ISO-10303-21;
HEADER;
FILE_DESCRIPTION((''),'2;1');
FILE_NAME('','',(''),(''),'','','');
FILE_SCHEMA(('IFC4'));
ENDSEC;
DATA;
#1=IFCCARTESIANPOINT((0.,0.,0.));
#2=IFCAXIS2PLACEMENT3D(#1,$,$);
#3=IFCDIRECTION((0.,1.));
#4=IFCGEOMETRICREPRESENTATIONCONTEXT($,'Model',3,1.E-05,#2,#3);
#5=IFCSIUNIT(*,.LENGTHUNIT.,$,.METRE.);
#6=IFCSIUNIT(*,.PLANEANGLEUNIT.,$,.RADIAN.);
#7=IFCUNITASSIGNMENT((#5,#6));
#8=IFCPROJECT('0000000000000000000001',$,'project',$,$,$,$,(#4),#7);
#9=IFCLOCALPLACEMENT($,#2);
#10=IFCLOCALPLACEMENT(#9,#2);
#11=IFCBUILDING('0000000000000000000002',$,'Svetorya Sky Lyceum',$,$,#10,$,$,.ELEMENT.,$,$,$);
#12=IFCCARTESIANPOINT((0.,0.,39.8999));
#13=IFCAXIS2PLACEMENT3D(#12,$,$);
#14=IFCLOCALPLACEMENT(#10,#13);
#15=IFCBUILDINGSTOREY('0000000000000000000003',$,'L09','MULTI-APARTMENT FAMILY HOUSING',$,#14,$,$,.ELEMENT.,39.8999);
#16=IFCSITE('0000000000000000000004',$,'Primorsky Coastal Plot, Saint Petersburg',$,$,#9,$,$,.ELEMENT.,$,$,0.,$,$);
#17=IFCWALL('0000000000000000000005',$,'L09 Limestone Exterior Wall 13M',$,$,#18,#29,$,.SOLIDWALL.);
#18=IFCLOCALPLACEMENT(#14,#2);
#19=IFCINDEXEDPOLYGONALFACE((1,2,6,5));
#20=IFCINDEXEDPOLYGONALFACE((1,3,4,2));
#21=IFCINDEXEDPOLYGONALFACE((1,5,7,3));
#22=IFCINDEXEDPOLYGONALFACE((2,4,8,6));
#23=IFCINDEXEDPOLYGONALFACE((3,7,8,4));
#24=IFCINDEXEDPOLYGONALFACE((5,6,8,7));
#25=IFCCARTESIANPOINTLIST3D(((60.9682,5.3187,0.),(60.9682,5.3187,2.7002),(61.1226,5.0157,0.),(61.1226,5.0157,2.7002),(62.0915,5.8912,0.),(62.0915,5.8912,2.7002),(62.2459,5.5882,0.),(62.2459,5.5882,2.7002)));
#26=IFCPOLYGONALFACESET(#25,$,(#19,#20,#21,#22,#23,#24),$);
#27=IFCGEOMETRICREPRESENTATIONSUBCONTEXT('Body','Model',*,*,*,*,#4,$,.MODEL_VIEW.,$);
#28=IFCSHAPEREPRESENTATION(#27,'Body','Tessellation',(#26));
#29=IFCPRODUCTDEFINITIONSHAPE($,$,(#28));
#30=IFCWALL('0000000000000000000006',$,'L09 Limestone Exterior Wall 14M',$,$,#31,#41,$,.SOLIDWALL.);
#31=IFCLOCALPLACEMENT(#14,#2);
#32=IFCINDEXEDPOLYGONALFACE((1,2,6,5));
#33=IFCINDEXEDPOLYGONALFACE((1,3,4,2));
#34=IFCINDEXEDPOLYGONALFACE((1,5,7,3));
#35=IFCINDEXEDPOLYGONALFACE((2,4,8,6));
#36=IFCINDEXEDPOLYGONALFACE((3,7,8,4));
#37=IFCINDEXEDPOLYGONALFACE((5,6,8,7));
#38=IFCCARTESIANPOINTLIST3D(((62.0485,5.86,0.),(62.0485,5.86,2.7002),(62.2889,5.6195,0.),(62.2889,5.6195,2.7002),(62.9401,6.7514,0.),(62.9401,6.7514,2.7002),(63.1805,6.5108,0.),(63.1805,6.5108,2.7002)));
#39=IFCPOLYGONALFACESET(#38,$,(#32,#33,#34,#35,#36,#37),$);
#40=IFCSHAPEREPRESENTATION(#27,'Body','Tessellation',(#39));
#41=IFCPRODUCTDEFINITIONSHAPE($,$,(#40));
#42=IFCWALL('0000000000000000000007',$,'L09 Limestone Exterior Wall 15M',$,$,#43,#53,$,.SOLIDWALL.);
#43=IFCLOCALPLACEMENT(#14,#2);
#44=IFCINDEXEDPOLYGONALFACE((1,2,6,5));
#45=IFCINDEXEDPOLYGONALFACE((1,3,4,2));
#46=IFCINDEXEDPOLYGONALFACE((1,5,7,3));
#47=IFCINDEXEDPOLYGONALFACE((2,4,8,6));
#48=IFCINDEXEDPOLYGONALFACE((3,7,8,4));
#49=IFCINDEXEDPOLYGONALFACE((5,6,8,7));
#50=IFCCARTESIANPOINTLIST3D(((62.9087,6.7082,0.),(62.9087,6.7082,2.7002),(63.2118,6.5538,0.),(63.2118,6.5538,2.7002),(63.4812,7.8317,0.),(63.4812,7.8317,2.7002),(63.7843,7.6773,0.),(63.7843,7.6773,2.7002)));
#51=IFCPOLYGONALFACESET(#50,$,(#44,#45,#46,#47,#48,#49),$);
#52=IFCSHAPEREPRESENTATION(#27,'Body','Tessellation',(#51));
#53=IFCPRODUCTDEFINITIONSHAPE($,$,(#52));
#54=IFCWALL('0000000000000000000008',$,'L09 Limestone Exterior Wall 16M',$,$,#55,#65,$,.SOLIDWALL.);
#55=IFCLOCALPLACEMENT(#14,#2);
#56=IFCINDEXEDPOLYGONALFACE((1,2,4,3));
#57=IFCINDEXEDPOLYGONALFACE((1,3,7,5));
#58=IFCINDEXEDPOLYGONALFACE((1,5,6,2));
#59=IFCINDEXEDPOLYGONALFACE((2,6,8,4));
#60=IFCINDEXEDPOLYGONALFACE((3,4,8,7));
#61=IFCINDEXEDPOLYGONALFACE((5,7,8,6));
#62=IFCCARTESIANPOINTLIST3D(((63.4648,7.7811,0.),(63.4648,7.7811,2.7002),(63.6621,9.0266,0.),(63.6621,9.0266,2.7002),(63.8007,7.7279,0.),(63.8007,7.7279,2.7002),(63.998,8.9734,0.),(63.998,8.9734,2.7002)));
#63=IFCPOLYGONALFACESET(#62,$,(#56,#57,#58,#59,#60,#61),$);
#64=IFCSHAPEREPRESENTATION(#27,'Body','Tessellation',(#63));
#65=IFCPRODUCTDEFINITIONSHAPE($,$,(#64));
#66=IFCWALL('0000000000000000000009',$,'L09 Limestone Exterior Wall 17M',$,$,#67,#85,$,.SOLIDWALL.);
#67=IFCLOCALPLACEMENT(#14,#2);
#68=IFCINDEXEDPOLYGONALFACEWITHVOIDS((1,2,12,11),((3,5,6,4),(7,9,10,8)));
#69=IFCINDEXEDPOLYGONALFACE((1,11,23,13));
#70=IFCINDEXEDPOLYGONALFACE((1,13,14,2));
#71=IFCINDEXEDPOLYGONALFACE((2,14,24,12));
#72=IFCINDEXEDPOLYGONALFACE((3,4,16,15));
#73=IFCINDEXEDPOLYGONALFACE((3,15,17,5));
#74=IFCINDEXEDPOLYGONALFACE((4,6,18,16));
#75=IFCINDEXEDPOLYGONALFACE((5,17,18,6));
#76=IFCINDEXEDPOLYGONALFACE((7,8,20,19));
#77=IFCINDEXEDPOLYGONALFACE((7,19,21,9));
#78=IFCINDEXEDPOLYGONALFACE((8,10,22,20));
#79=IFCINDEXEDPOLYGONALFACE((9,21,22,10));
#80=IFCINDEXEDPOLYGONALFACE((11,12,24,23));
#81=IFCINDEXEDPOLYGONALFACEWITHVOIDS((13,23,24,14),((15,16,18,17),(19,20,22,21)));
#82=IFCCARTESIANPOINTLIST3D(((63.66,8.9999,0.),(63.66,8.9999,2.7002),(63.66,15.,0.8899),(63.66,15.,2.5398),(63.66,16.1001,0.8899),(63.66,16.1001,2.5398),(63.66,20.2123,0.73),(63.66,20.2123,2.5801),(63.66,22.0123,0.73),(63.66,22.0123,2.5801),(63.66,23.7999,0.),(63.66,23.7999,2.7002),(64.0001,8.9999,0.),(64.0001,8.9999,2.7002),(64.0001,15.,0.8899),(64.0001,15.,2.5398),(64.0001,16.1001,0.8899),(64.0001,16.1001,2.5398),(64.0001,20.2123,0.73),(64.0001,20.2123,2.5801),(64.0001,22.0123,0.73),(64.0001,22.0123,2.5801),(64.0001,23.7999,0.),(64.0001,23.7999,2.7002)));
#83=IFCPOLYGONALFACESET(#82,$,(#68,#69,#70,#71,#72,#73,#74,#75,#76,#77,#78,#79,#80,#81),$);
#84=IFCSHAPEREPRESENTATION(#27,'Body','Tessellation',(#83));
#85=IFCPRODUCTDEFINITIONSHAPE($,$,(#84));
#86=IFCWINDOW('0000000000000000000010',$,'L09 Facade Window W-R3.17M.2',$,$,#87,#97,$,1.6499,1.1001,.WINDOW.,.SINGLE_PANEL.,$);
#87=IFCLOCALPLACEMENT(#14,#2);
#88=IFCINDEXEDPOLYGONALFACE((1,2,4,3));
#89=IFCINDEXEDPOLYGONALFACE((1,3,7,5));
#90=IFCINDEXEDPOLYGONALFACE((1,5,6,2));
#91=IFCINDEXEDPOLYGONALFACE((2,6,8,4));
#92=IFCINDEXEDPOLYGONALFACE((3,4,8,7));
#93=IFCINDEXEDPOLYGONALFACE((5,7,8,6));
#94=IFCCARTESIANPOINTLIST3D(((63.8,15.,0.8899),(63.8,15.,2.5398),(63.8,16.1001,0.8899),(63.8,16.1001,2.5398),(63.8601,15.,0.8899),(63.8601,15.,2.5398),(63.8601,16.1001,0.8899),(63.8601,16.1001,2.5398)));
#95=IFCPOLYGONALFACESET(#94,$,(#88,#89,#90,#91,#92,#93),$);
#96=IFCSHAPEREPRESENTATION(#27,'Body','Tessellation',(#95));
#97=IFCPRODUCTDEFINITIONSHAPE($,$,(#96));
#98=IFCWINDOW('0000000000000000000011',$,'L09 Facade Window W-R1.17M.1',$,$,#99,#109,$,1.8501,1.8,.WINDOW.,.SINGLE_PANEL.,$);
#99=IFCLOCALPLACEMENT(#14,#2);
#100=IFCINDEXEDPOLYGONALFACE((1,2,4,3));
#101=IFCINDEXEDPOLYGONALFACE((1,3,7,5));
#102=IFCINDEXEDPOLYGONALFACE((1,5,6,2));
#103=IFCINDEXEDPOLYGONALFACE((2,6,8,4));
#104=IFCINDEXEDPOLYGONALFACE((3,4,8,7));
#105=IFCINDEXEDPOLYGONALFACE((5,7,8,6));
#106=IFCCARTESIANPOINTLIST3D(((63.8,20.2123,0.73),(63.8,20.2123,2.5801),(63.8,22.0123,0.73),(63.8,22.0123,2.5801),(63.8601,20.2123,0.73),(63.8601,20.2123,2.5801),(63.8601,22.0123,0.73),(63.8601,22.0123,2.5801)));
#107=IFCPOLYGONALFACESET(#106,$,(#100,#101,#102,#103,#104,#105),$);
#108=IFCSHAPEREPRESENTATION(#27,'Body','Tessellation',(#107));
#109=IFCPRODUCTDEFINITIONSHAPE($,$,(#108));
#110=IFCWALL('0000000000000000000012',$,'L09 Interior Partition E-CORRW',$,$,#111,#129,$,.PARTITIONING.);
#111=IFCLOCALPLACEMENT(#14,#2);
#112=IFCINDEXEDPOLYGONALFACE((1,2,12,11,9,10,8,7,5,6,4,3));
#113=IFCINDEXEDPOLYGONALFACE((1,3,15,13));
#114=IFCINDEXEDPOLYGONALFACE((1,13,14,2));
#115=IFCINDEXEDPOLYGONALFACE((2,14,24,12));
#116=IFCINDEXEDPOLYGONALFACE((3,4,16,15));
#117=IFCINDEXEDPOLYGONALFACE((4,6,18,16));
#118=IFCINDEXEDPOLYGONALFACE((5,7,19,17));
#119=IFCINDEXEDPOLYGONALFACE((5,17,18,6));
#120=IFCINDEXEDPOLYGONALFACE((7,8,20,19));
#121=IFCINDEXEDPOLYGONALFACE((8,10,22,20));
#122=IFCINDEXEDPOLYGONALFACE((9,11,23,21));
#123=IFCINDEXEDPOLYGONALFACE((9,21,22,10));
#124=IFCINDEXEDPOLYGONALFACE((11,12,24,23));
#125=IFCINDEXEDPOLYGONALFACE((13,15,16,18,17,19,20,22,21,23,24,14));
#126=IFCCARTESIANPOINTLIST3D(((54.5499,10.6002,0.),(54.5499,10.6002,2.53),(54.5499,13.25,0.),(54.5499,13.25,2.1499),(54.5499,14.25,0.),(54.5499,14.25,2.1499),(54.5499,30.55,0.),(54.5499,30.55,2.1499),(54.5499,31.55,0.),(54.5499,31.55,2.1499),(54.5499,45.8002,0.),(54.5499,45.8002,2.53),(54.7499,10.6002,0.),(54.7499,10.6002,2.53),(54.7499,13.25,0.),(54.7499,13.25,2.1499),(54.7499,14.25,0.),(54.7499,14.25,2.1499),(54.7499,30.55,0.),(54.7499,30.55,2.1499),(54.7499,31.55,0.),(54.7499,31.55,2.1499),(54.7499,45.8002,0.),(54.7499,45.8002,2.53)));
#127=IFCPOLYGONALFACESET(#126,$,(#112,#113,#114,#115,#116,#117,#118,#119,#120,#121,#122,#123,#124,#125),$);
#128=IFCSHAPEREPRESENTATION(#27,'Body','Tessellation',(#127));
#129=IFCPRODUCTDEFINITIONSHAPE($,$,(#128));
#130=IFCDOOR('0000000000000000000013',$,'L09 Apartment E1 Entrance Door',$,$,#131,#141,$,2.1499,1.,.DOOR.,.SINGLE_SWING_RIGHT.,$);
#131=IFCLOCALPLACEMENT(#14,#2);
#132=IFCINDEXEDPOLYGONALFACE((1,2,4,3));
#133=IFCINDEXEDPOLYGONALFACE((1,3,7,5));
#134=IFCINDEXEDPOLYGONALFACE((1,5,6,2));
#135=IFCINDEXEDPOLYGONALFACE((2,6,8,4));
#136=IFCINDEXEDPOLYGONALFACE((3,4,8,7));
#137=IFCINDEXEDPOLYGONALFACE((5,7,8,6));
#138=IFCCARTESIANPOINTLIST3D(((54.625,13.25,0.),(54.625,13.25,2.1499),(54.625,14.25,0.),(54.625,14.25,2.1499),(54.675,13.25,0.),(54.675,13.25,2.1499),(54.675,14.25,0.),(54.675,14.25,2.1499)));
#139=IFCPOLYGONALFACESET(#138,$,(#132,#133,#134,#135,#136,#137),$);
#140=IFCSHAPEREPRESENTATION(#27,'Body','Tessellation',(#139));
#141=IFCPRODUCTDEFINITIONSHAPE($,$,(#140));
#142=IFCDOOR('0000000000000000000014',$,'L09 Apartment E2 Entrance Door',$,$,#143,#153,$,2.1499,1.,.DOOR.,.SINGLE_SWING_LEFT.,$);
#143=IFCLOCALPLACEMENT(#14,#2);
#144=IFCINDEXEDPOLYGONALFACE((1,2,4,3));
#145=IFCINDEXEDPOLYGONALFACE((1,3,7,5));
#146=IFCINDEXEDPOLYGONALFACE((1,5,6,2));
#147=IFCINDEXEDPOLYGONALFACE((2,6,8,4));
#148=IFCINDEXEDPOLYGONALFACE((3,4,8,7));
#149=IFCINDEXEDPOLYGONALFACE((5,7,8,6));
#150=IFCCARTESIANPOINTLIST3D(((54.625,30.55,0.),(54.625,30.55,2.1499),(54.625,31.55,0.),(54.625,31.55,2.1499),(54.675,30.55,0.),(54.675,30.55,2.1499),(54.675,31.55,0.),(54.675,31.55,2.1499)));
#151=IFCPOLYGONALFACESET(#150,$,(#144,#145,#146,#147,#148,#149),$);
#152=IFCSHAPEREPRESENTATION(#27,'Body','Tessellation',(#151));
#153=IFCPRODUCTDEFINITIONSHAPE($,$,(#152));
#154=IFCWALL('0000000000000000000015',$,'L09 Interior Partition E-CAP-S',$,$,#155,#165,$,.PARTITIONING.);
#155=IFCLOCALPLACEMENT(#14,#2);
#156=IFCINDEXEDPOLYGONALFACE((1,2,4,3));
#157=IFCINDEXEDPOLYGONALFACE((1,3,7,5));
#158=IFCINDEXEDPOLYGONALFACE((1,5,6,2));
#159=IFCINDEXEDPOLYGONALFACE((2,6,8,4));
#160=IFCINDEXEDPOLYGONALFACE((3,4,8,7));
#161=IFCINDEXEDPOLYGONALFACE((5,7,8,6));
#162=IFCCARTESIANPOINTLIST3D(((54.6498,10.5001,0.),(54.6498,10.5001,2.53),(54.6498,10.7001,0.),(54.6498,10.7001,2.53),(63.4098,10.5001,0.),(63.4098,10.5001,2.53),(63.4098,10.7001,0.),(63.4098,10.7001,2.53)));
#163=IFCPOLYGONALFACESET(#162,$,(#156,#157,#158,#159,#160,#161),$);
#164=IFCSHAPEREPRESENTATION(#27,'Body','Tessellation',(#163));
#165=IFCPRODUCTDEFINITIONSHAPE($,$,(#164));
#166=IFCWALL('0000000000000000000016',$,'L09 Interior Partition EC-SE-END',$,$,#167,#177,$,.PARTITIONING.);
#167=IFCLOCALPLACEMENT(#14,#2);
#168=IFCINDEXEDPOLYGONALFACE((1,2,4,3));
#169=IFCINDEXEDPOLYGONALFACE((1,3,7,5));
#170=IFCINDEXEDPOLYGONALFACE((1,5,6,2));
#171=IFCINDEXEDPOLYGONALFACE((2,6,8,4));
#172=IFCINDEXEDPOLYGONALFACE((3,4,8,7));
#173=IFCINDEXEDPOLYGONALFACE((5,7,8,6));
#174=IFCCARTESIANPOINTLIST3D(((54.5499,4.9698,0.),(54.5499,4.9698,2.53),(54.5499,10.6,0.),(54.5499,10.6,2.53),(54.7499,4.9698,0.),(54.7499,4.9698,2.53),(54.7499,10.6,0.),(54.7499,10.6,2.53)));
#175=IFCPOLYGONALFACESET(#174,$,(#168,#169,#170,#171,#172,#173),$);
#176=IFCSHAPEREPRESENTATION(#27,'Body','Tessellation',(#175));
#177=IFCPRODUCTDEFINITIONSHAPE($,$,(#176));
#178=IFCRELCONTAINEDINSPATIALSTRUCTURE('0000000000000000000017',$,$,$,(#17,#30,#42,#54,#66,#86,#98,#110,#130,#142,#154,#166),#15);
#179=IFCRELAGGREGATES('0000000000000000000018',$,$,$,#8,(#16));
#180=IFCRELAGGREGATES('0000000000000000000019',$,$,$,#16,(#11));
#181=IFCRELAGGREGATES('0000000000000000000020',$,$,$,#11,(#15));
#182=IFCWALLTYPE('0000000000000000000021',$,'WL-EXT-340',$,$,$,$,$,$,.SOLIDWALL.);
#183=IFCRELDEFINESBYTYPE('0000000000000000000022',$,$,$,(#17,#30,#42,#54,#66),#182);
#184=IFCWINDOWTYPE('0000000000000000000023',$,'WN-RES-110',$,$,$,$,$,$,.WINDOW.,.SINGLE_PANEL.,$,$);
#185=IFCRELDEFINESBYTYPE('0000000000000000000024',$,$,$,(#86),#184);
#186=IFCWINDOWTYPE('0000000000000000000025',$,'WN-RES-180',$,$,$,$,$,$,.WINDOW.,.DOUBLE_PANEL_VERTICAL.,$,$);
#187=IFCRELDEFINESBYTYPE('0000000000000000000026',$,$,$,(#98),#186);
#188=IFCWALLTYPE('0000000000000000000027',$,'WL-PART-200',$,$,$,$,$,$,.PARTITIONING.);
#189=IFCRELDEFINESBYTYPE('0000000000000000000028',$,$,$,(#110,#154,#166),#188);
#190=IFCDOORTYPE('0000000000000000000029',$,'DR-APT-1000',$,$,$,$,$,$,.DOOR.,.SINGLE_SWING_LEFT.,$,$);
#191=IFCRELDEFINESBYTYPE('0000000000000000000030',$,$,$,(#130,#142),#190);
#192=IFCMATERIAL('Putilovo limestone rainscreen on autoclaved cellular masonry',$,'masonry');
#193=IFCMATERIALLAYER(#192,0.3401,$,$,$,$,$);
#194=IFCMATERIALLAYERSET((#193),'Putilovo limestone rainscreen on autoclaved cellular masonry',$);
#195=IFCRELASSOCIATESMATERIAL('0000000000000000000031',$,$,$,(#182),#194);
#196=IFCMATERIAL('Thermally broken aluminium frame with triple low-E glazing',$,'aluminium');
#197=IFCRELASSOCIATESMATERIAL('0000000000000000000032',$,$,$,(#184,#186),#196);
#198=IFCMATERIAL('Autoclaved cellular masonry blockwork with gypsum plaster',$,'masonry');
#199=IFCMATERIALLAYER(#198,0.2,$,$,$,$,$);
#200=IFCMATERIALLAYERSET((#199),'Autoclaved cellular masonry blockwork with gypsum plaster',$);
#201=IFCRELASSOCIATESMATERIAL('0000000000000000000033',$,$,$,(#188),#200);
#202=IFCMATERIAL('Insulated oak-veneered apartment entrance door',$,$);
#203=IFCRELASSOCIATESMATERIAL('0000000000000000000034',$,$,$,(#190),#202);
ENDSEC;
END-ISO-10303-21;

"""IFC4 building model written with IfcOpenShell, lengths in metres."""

from ifc_helpers import new_model, si_unit, direction, frame, frame_2d, origin, place, context, subcontext, project, spatial, rectangle, extrude, material, layer, layer_set, type_object, element, fill, save


model = new_model("IFC4")

# Units and contexts
model_context = context("Model", 3, precision=1e-05, world=origin(), true_north=direction((0.0, 1.0)))
body_context = subcontext(model_context, "Body", "Model", "MODEL_VIEW")
ifc_project = project(units=[si_unit("LENGTHUNIT", "METRE"), si_unit("PLANEANGLEUNIT", "RADIAN")], contexts=[model_context])

# Site, building, storey
site_placement = place(None, origin())
site = spatial("IfcSite", under=ifc_project, at=site_placement, Name="Primorsky Coastal Plot, Saint Petersburg", CompositionType="ELEMENT", RefElevation=0.0)
building_placement = place(site_placement, origin())
building = spatial("IfcBuilding", under=site, at=building_placement, Name="Svetorya Sky Lyceum", CompositionType="ELEMENT")
storey_placement = place(building_placement, frame((0.0, 0.0, 39.8999)))
storey = spatial("IfcBuildingStorey", under=building, at=storey_placement, Name="L09", Description="MULTI-APARTMENT FAMILY HOUSING", CompositionType="ELEMENT", Elevation=39.8999)

# Shared definitions
ifc_material_1 = material(Name="Putilovo limestone rainscreen on autoclaved cellular masonry", Category="masonry")
ifc_layer_1 = layer(ifc_material_1, 0.3401)
ifc_layer_set_1 = layer_set([ifc_layer_1], Name="Putilovo limestone rainscreen on autoclaved cellular masonry")
wall_type_1 = type_object("IfcWallType", Name="WL-EXT-340", PredefinedType="SOLIDWALL", material=ifc_layer_set_1)
ifc_material_2 = material(Name="Thermally broken aluminium frame with triple low-E glazing", Category="aluminium")

# Walls
for number, where, z_axis, x_axis, name in (
    (1, (61.0454, 5.1672, 0.0), (0.0, 0.0, 1.0), (0.890954, 0.454094, 0.0), "L09 Limestone Exterior Wall 13M"),
    (2, (62.1687, 5.7397, 0.0), (0.0, 0.0, 1.0), (0.707204, 0.70701, 0.0), "L09 Limestone Exterior Wall 14M"),
):
    element("IfcWall", number, at=place(storey_placement, frame(where, z_axis=z_axis, x_axis=x_axis)), inside=storey, type_object=wall_type_1, Name=name, PredefinedType="SOLIDWALL", context=body_context, shape_type="SweptSolid", body=[
        extrude(rectangle(XDim=1.2607, YDim=0.3401, at=frame_2d((0.6304, 0.0))), origin(), (0.0, 0.0, 1.0), 2.7002),
    ])
for number, where, z_axis, x_axis, name in (
    (3, (63.0603, 6.6311, 0.0), (0.0, 0.0, 1.0), (0.454016, 0.890994, 0.0), "L09 Limestone Exterior Wall 15M"),
    (4, (63.6328, 7.7546, 0.0), (0.0, 0.0, 1.0), (0.15645, 0.987686, 0.0), "L09 Limestone Exterior Wall 16M"),
):
    element("IfcWall", number, at=place(storey_placement, frame(where, z_axis=z_axis, x_axis=x_axis)), inside=storey, type_object=wall_type_1, Name=name, PredefinedType="SOLIDWALL", context=body_context, shape_type="SweptSolid", body=[
        extrude(rectangle(XDim=1.261, YDim=0.3401, at=frame_2d((0.6304, 0.0))), origin(), (0.0, 0.0, 1.0), 2.7002),
    ])

# Wall, openings, windows
wall_1_placement = place(storey_placement, frame((63.8301, 9.0, 0.0), z_axis=(0.0, 0.0, 1.0), x_axis=(0.0, 1.0, 0.0)))
wall_1 = element("IfcWall", 5, at=wall_1_placement, inside=storey, type_object=wall_type_1, Name="L09 Limestone Exterior Wall 17M", PredefinedType="SOLIDWALL", context=body_context, shape_type="SweptSolid", body=[
    extrude(rectangle(XDim=14.8, YDim=0.3401, at=frame_2d((7.3999, 0.0))), origin(), (0.0, 0.0, 1.0), 2.7002),
])
opening_1_placement = place(wall_1_placement, frame((6.0, 0.0, 0.8899)))
opening_1 = element("IfcOpeningElement", 6, at=opening_1_placement, cuts=wall_1, PredefinedType="OPENING", context=body_context, shape_type="SweptSolid", body=[
    extrude(rectangle(XDim=1.1001, YDim=1.6499, at=frame_2d((0.55, 0.825))), frame((0.0, 0.1799, 0.0), z_axis=(0.0, -1.0, 0.0), x_axis=(1.0, 0.0, 0.0)), (0.0, 0.0, 1.0), 0.3601),
])
opening_2_placement = place(wall_1_placement, frame((11.2124, 0.0, 0.73)))
opening_2 = element("IfcOpeningElement", 7, at=opening_2_placement, cuts=wall_1, PredefinedType="OPENING", context=body_context, shape_type="SweptSolid", body=[
    extrude(rectangle(XDim=1.8, YDim=1.8501, at=frame_2d((0.8999, 0.925))), frame((0.0, 0.1799, 0.0), z_axis=(0.0, -1.0, 0.0), x_axis=(1.0, 0.0, 0.0)), (0.0, 0.0, 1.0), 0.3601),
])
window_type_1 = type_object("IfcWindowType", Name="WN-RES-110", PartitioningType="SINGLE_PANEL", PredefinedType="WINDOW", material=ifc_material_2)
window_1_placement = place(opening_1_placement, origin())
window_1 = element("IfcWindow", 8, at=window_1_placement, inside=storey, type_object=window_type_1, Name="L09 Facade Window W-R3.17M.2", OverallHeight=1.6499, OverallWidth=1.1001, PartitioningType="SINGLE_PANEL", PredefinedType="WINDOW", context=body_context, shape_type="SweptSolid", body=[
    extrude(rectangle(XDim=1.1001, YDim=1.6499, at=frame_2d((0.55, 0.825))), frame((0.0, 0.03, 0.0), z_axis=(0.0, -1.0, 0.0), x_axis=(1.0, 0.0, 0.0)), (0.0, 0.0, 1.0), 0.0601),
])
fill(opening_1, window_1)
window_type_2 = type_object("IfcWindowType", Name="WN-RES-180", PartitioningType="DOUBLE_PANEL_VERTICAL", PredefinedType="WINDOW", material=ifc_material_2)
window_2_placement = place(opening_2_placement, origin())
window_2 = element("IfcWindow", 9, at=window_2_placement, inside=storey, type_object=window_type_2, Name="L09 Facade Window W-R1.17M.1", OverallHeight=1.8501, OverallWidth=1.8, PartitioningType="SINGLE_PANEL", PredefinedType="WINDOW", context=body_context, shape_type="SweptSolid", body=[
    extrude(rectangle(XDim=1.8, YDim=1.8501, at=frame_2d((0.8999, 0.925))), frame((0.0, 0.03, 0.0), z_axis=(0.0, -1.0, 0.0), x_axis=(1.0, 0.0, 0.0)), (0.0, 0.0, 1.0), 0.0601),
])
fill(opening_2, window_2)

# Wall, openings, doors
ifc_material_3 = material(Name="Autoclaved cellular masonry blockwork with gypsum plaster", Category="masonry")
ifc_layer_2 = layer(ifc_material_3, 0.2)
ifc_layer_set_2 = layer_set([ifc_layer_2], Name="Autoclaved cellular masonry blockwork with gypsum plaster")
wall_type_2 = type_object("IfcWallType", Name="WL-PART-200", PredefinedType="PARTITIONING", material=ifc_layer_set_2)
wall_2_placement = place(storey_placement, frame((54.6499, 10.6001, 0.0), z_axis=(0.0, 0.0, 1.0), x_axis=(0.0, 1.0, 0.0)))
wall_2 = element("IfcWall", 10, at=wall_2_placement, inside=storey, type_object=wall_type_2, Name="L09 Interior Partition E-CORRW", PredefinedType="PARTITIONING", context=body_context, shape_type="SweptSolid", body=[
    extrude(rectangle(XDim=35.2, YDim=0.2, at=frame_2d((17.6001, 0.0))), origin(), (0.0, 0.0, 1.0), 2.53),
])
opening_3_placement = place(wall_2_placement, frame((2.6499, 0.0, 0.0)))
opening_3 = element("IfcOpeningElement", 11, at=opening_3_placement, cuts=wall_2, PredefinedType="OPENING", context=body_context, shape_type="SweptSolid", body=[
    extrude(rectangle(XDim=1.0, YDim=2.1499, at=frame_2d((0.5, 1.075))), frame((0.0, 0.1099, 0.0), z_axis=(0.0, -1.0, 0.0), x_axis=(1.0, 0.0, 0.0)), (0.0, 0.0, 1.0), 0.22),
])
opening_4_placement = place(wall_2_placement, frame((19.95, 0.0, 0.0)))
opening_4 = element("IfcOpeningElement", 12, at=opening_4_placement, cuts=wall_2, PredefinedType="OPENING", context=body_context, shape_type="SweptSolid", body=[
    extrude(rectangle(XDim=1.0, YDim=2.1499, at=frame_2d((0.5, 1.075))), frame((0.0, 0.1099, 0.0), z_axis=(0.0, -1.0, 0.0), x_axis=(1.0, 0.0, 0.0)), (0.0, 0.0, 1.0), 0.22),
])
ifc_material_4 = material(Name="Insulated oak-veneered apartment entrance door")
door_type_1 = type_object("IfcDoorType", Name="DR-APT-1000", OperationType="SINGLE_SWING_LEFT", PredefinedType="DOOR", material=ifc_material_4)
door_1_placement = place(opening_3_placement, origin())
door_1 = element("IfcDoor", 13, at=door_1_placement, inside=storey, type_object=door_type_1, Name="L09 Apartment E1 Entrance Door", OperationType="SINGLE_SWING_RIGHT", OverallHeight=2.1499, OverallWidth=1.0, PredefinedType="DOOR", context=body_context, shape_type="SweptSolid", body=[
    extrude(rectangle(XDim=1.0, YDim=2.1499, at=frame_2d((0.5, 1.075))), frame((0.0, 0.0249, 0.0), z_axis=(0.0, -1.0, 0.0), x_axis=(1.0, 0.0, 0.0)), (0.0, 0.0, 1.0), 0.05),
])
fill(opening_3, door_1)
door_2_placement = place(opening_4_placement, origin())
door_2 = element("IfcDoor", 14, at=door_2_placement, inside=storey, type_object=door_type_1, Name="L09 Apartment E2 Entrance Door", OperationType="SINGLE_SWING_LEFT", OverallHeight=2.1499, OverallWidth=1.0, PredefinedType="DOOR", context=body_context, shape_type="SweptSolid", body=[
    extrude(rectangle(XDim=1.0, YDim=2.1499, at=frame_2d((0.5, 1.075))), frame((0.0, 0.0249, 0.0), z_axis=(0.0, -1.0, 0.0), x_axis=(1.0, 0.0, 0.0)), (0.0, 0.0, 1.0), 0.05),
])
fill(opening_4, door_2)

# Walls
wall_3_placement = place(storey_placement, frame((54.6499, 10.6001, 0.0), z_axis=(0.0, 0.0, 1.0), x_axis=(1.0, 0.0, 0.0)))
element("IfcWall", 15, at=wall_3_placement, inside=storey, type_object=wall_type_2, Name="L09 Interior Partition E-CAP-S", PredefinedType="PARTITIONING", context=body_context, shape_type="SweptSolid", body=[
    extrude(rectangle(XDim=8.76, YDim=0.2, at=frame_2d((4.3799, 0.0))), origin(), (0.0, 0.0, 1.0), 2.53),
])
wall_4_placement = place(storey_placement, frame((54.6499, 4.97, 0.0), z_axis=(0.0, 0.0, 1.0), x_axis=(0.0, 1.0, 0.0)))
element("IfcWall", 16, at=wall_4_placement, inside=storey, type_object=wall_type_2, Name="L09 Interior Partition EC-SE-END", PredefinedType="PARTITIONING", context=body_context, shape_type="SweptSolid", body=[
    extrude(rectangle(XDim=5.6301, YDim=0.2, at=frame_2d((2.8149, 0.0))), origin(), (0.0, 0.0, 1.0), 2.53),
])

save(model, "model.ifc")
